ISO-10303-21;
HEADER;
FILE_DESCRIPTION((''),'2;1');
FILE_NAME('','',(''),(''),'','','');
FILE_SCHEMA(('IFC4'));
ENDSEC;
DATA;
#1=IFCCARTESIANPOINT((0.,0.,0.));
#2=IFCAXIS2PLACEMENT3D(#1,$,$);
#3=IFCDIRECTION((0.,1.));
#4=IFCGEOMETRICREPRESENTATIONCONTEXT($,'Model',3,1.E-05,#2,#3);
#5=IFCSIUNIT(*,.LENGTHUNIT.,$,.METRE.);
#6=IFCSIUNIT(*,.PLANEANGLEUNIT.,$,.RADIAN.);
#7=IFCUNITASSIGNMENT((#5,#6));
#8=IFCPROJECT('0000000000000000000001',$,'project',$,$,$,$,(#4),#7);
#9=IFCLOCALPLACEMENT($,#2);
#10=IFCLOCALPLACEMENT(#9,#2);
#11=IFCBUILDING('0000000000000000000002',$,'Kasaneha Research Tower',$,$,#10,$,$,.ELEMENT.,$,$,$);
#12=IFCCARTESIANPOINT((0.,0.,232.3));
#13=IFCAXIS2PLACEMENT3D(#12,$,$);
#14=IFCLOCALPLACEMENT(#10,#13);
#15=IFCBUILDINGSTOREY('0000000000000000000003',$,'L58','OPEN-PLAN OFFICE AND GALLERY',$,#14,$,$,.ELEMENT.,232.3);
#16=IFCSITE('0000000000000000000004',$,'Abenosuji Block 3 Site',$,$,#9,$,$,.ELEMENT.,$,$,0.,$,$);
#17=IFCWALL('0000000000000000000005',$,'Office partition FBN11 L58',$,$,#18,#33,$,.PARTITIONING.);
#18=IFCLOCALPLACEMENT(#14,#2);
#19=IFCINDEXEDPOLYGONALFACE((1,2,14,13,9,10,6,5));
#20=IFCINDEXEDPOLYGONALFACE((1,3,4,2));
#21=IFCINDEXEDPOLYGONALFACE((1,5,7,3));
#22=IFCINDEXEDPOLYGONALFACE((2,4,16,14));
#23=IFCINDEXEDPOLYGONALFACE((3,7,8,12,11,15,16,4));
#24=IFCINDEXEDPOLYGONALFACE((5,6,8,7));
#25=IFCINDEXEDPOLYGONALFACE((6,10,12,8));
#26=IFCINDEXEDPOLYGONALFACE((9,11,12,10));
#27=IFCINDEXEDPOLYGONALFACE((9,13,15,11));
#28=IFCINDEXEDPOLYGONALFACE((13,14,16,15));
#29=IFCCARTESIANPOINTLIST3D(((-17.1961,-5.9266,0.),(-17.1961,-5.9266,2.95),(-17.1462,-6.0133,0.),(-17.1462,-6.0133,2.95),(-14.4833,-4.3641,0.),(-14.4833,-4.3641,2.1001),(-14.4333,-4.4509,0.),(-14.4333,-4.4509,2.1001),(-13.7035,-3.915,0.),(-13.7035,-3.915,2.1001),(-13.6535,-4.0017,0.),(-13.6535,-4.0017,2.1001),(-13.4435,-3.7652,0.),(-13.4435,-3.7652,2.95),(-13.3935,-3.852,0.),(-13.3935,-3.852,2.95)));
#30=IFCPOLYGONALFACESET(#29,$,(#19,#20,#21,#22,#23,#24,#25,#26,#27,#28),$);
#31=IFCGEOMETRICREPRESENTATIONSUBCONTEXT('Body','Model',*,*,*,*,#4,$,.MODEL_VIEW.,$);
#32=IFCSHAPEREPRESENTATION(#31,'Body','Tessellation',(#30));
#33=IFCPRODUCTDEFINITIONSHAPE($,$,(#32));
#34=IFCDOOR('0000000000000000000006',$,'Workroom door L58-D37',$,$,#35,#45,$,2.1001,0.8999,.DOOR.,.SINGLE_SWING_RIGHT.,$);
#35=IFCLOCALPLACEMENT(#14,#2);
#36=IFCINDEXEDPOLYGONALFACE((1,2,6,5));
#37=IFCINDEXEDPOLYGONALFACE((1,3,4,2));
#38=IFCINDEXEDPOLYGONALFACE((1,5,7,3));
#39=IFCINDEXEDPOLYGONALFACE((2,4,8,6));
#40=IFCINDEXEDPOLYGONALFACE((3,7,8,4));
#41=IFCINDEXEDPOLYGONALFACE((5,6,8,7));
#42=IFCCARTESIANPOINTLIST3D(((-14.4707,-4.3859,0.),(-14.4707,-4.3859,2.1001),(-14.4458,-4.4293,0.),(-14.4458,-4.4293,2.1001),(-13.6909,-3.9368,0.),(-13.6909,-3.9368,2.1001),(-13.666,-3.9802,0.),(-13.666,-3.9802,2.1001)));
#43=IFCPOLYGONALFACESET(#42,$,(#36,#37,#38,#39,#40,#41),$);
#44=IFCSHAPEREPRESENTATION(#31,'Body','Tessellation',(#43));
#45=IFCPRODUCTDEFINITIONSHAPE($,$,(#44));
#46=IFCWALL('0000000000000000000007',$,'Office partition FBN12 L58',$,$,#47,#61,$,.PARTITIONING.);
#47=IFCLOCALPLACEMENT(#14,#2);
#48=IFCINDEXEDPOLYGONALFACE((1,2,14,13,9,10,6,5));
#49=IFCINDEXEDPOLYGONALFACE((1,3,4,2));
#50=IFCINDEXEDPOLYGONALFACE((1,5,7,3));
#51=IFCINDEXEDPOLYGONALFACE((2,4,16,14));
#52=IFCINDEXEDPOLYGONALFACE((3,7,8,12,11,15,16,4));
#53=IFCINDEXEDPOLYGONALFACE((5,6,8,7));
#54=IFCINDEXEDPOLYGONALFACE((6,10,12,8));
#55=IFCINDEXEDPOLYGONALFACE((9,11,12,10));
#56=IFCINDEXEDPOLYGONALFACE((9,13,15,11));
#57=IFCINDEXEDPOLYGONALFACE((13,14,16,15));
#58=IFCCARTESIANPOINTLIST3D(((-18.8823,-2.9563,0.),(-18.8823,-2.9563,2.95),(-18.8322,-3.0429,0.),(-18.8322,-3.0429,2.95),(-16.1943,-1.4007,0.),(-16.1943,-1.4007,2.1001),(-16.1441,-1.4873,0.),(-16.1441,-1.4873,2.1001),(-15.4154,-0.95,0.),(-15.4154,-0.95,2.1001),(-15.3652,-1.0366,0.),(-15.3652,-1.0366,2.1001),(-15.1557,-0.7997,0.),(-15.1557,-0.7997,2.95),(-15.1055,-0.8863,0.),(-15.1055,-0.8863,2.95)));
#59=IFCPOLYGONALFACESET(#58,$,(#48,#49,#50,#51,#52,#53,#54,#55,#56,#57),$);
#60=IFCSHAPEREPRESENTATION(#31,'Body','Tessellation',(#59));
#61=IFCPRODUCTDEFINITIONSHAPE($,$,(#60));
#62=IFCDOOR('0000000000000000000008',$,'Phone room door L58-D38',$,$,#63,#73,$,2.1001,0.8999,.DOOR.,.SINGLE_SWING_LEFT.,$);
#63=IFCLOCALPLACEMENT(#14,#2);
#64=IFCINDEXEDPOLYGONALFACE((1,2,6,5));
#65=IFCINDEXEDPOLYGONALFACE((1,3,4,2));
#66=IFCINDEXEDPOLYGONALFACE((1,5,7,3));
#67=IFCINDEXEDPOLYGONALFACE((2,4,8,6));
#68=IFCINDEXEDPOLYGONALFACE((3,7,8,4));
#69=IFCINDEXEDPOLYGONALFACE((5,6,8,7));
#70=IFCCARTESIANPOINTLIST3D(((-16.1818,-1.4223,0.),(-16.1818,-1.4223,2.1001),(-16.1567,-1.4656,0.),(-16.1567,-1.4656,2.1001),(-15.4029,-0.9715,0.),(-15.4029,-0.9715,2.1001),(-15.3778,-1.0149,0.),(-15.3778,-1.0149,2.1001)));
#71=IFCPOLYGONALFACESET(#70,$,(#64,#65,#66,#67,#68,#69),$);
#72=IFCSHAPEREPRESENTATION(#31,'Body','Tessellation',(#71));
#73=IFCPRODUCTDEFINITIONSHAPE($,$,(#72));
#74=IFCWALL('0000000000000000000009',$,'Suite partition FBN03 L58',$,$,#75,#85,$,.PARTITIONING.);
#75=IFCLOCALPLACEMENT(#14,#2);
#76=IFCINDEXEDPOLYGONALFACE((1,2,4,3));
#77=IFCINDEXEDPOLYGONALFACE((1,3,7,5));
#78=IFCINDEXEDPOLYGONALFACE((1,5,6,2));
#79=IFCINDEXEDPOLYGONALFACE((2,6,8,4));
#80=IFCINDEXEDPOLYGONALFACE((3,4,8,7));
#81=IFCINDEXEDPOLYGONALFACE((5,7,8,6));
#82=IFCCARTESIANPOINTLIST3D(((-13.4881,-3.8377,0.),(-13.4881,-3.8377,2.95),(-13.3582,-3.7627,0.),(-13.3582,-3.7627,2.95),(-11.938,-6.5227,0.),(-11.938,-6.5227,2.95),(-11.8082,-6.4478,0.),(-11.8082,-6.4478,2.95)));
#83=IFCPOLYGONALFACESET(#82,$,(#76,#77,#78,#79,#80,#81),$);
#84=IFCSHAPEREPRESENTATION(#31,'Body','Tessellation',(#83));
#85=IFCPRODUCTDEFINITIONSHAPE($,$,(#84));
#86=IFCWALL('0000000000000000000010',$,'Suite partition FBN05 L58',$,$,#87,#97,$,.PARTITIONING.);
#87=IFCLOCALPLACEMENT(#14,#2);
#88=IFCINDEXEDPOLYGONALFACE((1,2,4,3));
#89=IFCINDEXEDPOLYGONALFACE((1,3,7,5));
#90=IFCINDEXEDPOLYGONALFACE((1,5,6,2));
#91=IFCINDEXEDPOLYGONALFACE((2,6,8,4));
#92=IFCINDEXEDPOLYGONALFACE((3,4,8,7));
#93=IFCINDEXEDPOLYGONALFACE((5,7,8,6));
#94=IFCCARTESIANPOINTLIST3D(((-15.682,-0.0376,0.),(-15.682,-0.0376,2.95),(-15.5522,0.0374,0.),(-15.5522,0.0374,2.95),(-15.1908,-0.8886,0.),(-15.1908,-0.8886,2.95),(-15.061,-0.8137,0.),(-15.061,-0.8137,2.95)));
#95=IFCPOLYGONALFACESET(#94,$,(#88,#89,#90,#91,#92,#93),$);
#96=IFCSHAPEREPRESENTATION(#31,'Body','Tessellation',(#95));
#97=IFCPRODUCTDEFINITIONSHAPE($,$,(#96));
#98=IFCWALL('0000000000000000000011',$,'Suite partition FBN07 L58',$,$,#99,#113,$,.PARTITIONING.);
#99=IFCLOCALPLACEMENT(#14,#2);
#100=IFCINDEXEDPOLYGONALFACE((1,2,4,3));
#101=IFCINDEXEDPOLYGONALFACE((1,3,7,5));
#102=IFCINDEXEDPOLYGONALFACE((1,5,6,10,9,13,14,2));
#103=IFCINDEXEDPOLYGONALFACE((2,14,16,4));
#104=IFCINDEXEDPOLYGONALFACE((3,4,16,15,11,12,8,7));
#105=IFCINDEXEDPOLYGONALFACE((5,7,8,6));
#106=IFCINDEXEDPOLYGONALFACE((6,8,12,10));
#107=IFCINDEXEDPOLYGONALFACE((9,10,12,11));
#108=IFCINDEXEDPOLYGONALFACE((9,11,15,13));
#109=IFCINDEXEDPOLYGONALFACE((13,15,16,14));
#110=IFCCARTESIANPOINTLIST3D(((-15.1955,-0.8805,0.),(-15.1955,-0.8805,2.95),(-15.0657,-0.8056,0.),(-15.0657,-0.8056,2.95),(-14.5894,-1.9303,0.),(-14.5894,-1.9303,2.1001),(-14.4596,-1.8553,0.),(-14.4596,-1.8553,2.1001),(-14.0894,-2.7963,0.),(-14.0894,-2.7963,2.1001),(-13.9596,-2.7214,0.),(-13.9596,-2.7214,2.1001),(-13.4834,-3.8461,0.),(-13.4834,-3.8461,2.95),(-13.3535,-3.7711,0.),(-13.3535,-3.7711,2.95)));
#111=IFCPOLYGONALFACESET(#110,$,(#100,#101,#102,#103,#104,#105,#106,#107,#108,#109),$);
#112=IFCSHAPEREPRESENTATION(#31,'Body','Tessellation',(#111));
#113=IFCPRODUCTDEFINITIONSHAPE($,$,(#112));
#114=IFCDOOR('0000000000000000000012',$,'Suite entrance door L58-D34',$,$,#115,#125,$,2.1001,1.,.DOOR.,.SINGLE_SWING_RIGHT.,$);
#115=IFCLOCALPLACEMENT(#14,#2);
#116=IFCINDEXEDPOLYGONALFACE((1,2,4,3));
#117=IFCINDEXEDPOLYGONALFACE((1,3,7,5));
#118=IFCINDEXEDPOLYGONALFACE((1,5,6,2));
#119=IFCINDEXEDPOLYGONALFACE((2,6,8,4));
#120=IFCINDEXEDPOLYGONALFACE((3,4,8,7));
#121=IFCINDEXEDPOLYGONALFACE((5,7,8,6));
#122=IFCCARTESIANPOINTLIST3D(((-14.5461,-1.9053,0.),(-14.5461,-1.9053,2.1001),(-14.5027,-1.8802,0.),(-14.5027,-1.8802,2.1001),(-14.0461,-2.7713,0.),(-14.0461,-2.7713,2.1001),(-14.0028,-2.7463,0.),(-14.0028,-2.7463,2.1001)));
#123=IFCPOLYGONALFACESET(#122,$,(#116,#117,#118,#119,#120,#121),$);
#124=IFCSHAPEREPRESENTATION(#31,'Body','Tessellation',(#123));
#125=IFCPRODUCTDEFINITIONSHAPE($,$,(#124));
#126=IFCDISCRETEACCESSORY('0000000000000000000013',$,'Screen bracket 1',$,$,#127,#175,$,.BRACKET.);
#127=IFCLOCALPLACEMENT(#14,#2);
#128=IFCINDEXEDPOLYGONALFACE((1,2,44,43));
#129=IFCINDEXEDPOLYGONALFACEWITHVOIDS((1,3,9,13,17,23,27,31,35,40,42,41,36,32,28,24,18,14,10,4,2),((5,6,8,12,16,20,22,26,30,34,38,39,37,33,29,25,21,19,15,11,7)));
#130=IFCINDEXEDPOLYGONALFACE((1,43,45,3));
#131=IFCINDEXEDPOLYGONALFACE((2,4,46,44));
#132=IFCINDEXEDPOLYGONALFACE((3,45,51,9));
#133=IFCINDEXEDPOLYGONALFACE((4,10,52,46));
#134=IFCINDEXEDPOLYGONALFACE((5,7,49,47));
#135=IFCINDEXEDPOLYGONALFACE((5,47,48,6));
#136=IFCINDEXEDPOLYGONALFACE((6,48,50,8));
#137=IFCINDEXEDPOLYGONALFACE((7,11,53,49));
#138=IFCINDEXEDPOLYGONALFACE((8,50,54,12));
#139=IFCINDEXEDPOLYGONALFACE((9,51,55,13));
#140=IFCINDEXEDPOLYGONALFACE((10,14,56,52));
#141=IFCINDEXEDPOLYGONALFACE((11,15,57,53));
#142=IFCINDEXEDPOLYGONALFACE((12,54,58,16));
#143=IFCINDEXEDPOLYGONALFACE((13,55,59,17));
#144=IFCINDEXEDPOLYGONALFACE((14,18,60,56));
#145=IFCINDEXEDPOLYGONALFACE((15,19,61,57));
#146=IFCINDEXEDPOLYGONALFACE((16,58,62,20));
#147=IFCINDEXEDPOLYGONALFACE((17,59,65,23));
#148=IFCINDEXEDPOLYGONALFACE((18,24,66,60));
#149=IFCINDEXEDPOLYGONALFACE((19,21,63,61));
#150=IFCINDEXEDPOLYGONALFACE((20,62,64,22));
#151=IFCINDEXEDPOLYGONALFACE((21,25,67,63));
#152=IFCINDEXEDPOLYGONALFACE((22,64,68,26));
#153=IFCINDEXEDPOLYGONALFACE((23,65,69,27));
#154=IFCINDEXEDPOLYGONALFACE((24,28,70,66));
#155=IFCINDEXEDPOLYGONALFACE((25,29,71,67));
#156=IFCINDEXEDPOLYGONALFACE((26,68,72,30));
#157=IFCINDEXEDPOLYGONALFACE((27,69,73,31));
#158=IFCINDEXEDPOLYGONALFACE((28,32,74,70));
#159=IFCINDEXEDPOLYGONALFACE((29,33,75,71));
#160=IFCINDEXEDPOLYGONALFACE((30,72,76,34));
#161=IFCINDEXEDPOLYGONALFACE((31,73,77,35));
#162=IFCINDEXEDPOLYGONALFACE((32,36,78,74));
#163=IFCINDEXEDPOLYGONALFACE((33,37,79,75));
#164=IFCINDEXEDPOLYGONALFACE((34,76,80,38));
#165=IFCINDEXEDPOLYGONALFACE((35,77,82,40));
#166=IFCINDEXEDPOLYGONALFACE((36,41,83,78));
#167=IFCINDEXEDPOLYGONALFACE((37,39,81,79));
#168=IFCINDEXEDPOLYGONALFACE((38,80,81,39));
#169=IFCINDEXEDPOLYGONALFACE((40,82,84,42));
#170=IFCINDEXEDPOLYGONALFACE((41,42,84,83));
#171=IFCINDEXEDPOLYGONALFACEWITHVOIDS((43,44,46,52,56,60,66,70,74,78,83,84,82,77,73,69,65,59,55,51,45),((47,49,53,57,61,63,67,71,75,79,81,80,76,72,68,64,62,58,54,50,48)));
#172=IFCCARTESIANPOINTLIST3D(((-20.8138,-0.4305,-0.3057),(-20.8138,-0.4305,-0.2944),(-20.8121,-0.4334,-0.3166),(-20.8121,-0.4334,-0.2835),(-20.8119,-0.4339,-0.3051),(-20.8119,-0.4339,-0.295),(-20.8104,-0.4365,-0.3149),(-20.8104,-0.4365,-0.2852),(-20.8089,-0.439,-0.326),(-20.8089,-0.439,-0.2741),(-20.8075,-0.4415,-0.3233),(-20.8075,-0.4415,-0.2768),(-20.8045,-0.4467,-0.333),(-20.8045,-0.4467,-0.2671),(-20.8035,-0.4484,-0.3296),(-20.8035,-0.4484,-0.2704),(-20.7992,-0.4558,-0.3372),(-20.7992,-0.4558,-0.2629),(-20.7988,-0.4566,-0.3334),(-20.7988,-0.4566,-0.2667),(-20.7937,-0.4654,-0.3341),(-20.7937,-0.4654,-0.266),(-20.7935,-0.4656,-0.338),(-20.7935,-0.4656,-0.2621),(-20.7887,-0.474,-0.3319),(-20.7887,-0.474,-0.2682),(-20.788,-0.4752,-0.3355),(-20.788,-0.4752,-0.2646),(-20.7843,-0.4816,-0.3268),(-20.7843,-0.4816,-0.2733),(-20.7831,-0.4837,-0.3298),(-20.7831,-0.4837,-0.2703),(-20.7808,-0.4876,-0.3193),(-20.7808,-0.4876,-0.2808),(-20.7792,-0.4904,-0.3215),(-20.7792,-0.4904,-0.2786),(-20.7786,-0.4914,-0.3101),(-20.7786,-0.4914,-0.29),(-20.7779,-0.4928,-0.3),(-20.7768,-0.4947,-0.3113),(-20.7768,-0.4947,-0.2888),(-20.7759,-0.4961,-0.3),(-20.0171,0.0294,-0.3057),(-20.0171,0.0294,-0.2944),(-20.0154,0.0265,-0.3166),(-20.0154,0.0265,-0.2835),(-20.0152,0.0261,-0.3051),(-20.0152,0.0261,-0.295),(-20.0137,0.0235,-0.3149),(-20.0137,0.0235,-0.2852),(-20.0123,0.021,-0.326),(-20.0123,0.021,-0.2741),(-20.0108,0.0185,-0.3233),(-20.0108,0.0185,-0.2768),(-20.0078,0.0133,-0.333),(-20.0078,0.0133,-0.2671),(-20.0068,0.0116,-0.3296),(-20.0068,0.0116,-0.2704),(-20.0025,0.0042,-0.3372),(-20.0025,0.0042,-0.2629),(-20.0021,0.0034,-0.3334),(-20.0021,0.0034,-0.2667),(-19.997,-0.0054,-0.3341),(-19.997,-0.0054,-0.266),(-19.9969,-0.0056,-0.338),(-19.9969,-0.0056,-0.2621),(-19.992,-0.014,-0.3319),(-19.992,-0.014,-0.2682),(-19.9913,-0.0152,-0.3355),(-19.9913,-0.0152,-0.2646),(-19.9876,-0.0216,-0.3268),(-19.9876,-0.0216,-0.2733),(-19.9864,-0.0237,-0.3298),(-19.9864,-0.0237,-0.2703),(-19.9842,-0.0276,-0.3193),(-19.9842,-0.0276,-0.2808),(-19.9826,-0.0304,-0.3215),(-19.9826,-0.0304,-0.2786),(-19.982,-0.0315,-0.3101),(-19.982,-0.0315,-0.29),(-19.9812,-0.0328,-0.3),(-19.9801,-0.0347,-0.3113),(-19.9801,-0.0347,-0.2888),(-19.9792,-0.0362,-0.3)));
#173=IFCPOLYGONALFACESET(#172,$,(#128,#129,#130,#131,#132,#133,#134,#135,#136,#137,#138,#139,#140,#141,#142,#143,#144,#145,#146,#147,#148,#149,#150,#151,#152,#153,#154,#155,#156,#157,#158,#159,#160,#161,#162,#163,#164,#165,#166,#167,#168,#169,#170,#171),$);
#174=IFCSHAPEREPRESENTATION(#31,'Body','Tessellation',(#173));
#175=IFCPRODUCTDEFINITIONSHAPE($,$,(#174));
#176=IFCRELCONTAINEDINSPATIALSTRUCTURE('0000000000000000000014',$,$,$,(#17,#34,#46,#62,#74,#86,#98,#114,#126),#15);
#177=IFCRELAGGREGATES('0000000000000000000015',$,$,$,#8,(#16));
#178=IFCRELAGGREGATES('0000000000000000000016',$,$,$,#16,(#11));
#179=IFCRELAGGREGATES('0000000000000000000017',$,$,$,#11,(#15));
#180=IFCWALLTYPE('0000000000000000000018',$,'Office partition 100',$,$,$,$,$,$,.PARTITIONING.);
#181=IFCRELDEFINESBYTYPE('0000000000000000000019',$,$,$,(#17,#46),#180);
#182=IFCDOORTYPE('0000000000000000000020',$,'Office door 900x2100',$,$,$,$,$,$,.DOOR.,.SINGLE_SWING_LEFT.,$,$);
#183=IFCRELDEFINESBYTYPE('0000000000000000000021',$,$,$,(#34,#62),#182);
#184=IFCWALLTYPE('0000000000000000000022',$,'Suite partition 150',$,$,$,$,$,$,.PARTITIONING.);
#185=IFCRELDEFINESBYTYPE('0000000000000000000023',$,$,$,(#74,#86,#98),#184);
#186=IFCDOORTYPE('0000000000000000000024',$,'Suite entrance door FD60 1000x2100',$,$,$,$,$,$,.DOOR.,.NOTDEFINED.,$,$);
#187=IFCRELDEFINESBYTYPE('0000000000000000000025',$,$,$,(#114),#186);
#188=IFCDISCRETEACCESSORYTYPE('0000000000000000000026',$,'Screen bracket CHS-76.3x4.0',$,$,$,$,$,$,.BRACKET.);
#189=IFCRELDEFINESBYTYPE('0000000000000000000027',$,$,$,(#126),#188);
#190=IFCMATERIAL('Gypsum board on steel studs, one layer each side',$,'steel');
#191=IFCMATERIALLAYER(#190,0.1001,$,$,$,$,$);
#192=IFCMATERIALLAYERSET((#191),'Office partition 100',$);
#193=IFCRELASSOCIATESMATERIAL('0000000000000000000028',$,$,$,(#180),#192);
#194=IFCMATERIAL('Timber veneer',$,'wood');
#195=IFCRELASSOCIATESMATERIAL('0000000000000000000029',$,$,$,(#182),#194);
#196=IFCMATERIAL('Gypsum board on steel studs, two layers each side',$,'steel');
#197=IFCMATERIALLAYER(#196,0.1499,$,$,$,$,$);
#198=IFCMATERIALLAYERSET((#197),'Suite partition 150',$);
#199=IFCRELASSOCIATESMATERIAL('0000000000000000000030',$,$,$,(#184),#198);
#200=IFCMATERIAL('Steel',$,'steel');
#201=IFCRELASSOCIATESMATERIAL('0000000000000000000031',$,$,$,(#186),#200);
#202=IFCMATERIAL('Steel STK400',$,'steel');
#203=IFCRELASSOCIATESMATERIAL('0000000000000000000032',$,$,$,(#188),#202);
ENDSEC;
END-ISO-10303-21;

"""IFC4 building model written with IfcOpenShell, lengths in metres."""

from ifc_helpers import new_model, si_unit, direction, frame, frame_2d, origin, origin_2d, place, context, subcontext, project, spatial, rectangle, hollow_circle, extrude, material, layer, layer_set, material_profile, profile_set, type_object, element, fill, save


model = new_model("IFC4")

# Units and contexts
model_context = context("Model", 3, precision=1e-05, world=origin(), true_north=direction((0.0, 1.0)))
body_context = subcontext(model_context, "Body", "Model", "MODEL_VIEW")
ifc_project = project(units=[si_unit("LENGTHUNIT", "METRE"), si_unit("PLANEANGLEUNIT", "RADIAN")], contexts=[model_context])

# Site, building, storey
site_placement = place(None, origin())
site = spatial("IfcSite", under=ifc_project, at=site_placement, Name="Abenosuji Block 3 Site", CompositionType="ELEMENT", RefElevation=0.0)
building_placement = place(site_placement, origin())
building = spatial("IfcBuilding", under=site, at=building_placement, Name="Kasaneha Research Tower", CompositionType="ELEMENT")
storey_placement = place(building_placement, frame((0.0, 0.0, 232.3)))
storey = spatial("IfcBuildingStorey", under=building, at=storey_placement, Name="L58", Description="OPEN-PLAN OFFICE AND GALLERY", CompositionType="ELEMENT", Elevation=232.3)

# Walls, openings, doors
ifc_material_1 = material(Name="Gypsum board on steel studs, one layer each side", Category="steel")
ifc_layer_1 = layer(ifc_material_1, 0.1001)
ifc_layer_set_1 = layer_set([ifc_layer_1], Name="Office partition 100")
wall_type_1 = type_object("IfcWallType", Name="Office partition 100", PredefinedType="PARTITIONING", material=ifc_layer_set_1)
wall_1_placement = place(storey_placement, frame((-17.1711, -5.97, 0.0), z_axis=(0.0, 0.0, 1.0), x_axis=(0.866549, 0.499093, 0.0)))
wall_1 = element("IfcWall", 1, at=wall_1_placement, inside=storey, type_object=wall_type_1, Name="Office partition FBN11 L58", PredefinedType="PARTITIONING", context=body_context, shape_type="SweptSolid", body=[
    extrude(rectangle(XDim=4.3306, YDim=0.1001, at=frame_2d((2.1653, 0.0))), origin(), (0.0, 0.0, 1.0), 2.95),
])
opening_1_placement = place(wall_1_placement, frame((3.1306, 0.0, 0.0)))
opening_1 = element("IfcOpeningElement", 2, at=opening_1_placement, cuts=wall_1, PredefinedType="OPENING", context=body_context, shape_type="SweptSolid", body=[
    extrude(rectangle(XDim=0.8999, YDim=2.1001, at=frame_2d((0.45, 1.05))), frame((0.0, 0.0601, 0.0), z_axis=(0.0, -1.0, 0.0), x_axis=(1.0, 0.0, 0.0)), (0.0, 0.0, 1.0), 0.1201),
])
ifc_material_2 = material(Name="Timber veneer", Category="wood")
door_type_1 = type_object("IfcDoorType", Name="Office door 900x2100", OperationType="SINGLE_SWING_LEFT", PredefinedType="DOOR", material=ifc_material_2)
door_1_placement = place(opening_1_placement, origin())
door_1 = element("IfcDoor", 3, at=door_1_placement, inside=storey, type_object=door_type_1, Name="Workroom door L58-D37", OperationType="SINGLE_SWING_RIGHT", OverallHeight=2.1001, OverallWidth=0.8999, PredefinedType="DOOR", context=body_context, shape_type="SweptSolid", body=[
    extrude(rectangle(XDim=0.8999, YDim=2.1001, at=frame_2d((0.45, 1.05))), frame((0.0, 0.0249, 0.0), z_axis=(0.0, -1.0, 0.0), x_axis=(1.0, 0.0, 0.0)), (0.0, 0.0, 1.0), 0.05),
])
fill(opening_1, door_1)
wall_2_placement = place(storey_placement, frame((-15.1306, -0.843, 0.0), z_axis=(0.0, 0.0, 1.0), x_axis=(-0.865526, -0.500864, 0.0)))
wall_2 = element("IfcWall", 4, at=wall_2_placement, inside=storey, type_object=wall_type_1, Name="Office partition FBN12 L58", PredefinedType="PARTITIONING", context=body_context, shape_type="SweptSolid", body=[
    extrude(rectangle(XDim=4.3057, YDim=0.1001, at=frame_2d((2.1528, 0.0))), origin(), (0.0, 0.0, 1.0), 2.95),
])
opening_2_placement = place(wall_2_placement, frame((0.3, 0.0, 0.0)))
opening_2 = element("IfcOpeningElement", 5, at=opening_2_placement, cuts=wall_2, PredefinedType="OPENING", context=body_context, shape_type="SweptSolid", body=[
    extrude(rectangle(XDim=0.8999, YDim=2.1001, at=frame_2d((0.45, 1.05))), frame((0.0, 0.0601, 0.0), z_axis=(0.0, -1.0, 0.0), x_axis=(1.0, 0.0, 0.0)), (0.0, 0.0, 1.0), 0.1201),
])
door_2_placement = place(opening_2_placement, origin())
door_2 = element("IfcDoor", 6, at=door_2_placement, inside=storey, type_object=door_type_1, Name="Phone room door L58-D38", OperationType="SINGLE_SWING_LEFT", OverallHeight=2.1001, OverallWidth=0.8999, PredefinedType="DOOR", context=body_context, shape_type="SweptSolid", body=[
    extrude(rectangle(XDim=0.8999, YDim=2.1001, at=frame_2d((0.45, 1.05))), frame((0.0, 0.0249, 0.0), z_axis=(0.0, -1.0, 0.0), x_axis=(1.0, 0.0, 0.0)), (0.0, 0.0, 1.0), 0.05),
])
fill(opening_2, door_2)

# Walls
ifc_material_3 = material(Name="Gypsum board on steel studs, two layers each side", Category="steel")
ifc_layer_2 = layer(ifc_material_3, 0.1499)
ifc_layer_set_2 = layer_set([ifc_layer_2], Name="Suite partition 150")
wall_type_2 = type_object("IfcWallType", Name="Suite partition 150", PredefinedType="PARTITIONING", material=ifc_layer_set_2)
wall_3_placement = place(storey_placement, frame((-11.873, -6.4854, 0.0), z_axis=(0.0, 0.0, 1.0), x_axis=(-0.499959, 0.866049, 0.0)))
element("IfcWall", 7, at=wall_3_placement, inside=storey, type_object=wall_type_2, Name="Suite partition FBN03 L58", PredefinedType="PARTITIONING", context=body_context, shape_type="SweptSolid", body=[
    extrude(rectangle(XDim=3.1003, YDim=0.1499, at=frame_2d((1.5503, 0.0))), origin(), (0.0, 0.0, 1.0), 2.95),
])
wall_4_placement = place(storey_placement, frame((-15.126, -0.8511, 0.0), z_axis=(0.0, 0.0, 1.0), x_axis=(-0.49988, 0.866095, 0.0)))
element("IfcWall", 8, at=wall_4_placement, inside=storey, type_object=wall_type_2, Name="Suite partition FBN05 L58", PredefinedType="PARTITIONING", context=body_context, shape_type="SweptSolid", body=[
    extrude(rectangle(XDim=0.9827, YDim=0.1499, at=frame_2d((0.4912, 0.0))), origin(), (0.0, 0.0, 1.0), 2.95),
])

# Wall, opening, door
wall_5_placement = place(storey_placement, frame((-13.4185, -3.8086, 0.0), z_axis=(0.0, 0.0, 1.0), x_axis=(-0.499996, 0.866028, 0.0)))
wall_5 = element("IfcWall", 9, at=wall_5_placement, inside=storey, type_object=wall_type_2, Name="Suite partition FBN07 L58", PredefinedType="PARTITIONING", context=body_context, shape_type="SweptSolid", body=[
    extrude(rectangle(XDim=3.4243, YDim=0.1499, at=frame_2d((1.7122, 0.0))), origin(), (0.0, 0.0, 1.0), 2.95),
])
opening_3_placement = place(wall_5_placement, frame((1.2122, 0.0, 0.0)))
opening_3 = element("IfcOpeningElement", 10, at=opening_3_placement, cuts=wall_5, PredefinedType="OPENING", context=body_context, shape_type="SweptSolid", body=[
    extrude(rectangle(XDim=1.0, YDim=2.1001, at=frame_2d((0.5, 1.05))), frame((0.0, 0.085, 0.0), z_axis=(0.0, -1.0, 0.0), x_axis=(1.0, 0.0, 0.0)), (0.0, 0.0, 1.0), 0.1699),
])
ifc_material_4 = material(Name="Steel", Category="steel")
door_type_2 = type_object("IfcDoorType", Name="Suite entrance door FD60 1000x2100", OperationType="NOTDEFINED", PredefinedType="DOOR", material=ifc_material_4)
door_3_placement = place(opening_3_placement, origin())
door_3 = element("IfcDoor", 11, at=door_3_placement, inside=storey, type_object=door_type_2, Name="Suite entrance door L58-D34", OperationType="SINGLE_SWING_RIGHT", OverallHeight=2.1001, OverallWidth=1.0, PredefinedType="DOOR", context=body_context, shape_type="SweptSolid", body=[
    extrude(rectangle(XDim=1.0, YDim=2.1001, at=frame_2d((0.5, 1.05))), frame((0.0, 0.0249, 0.0), z_axis=(0.0, -1.0, 0.0), x_axis=(1.0, 0.0, 0.0)), (0.0, 0.0, 1.0), 0.05),
])
fill(opening_3, door_3)

# Discrete accessory
ifc_material_5 = material(Name="Steel STK400", Category="steel")
ifc_material_profile_1 = material_profile(ifc_material_5, hollow_circle(Radius=0.0381, WallThickness=0.0039, at=origin_2d()), Name="CHS-76.3x4.0")
ifc_profile_set_1 = profile_set([ifc_material_profile_1], Name="Steel STK400")
discrete_accessory_type = type_object("IfcDiscreteAccessoryType", Name="Screen bracket CHS-76.3x4.0", PredefinedType="BRACKET", material=ifc_profile_set_1)
discrete_accessory_placement = place(storey_placement, frame((-19.9983, -0.0032, -0.3), z_axis=(-0.866013, -0.500021, 0.0), x_axis=(0.500021, -0.866013, 0.0)))
element("IfcDiscreteAccessory", 12, at=discrete_accessory_placement, inside=storey, type_object=discrete_accessory_type, Name="Screen bracket 1", PredefinedType="BRACKET", context=body_context, shape_type="SweptSolid", body=[
    extrude(hollow_circle(Radius=0.0381, WallThickness=0.0039, at=origin_2d()), origin(), (0.0, 0.0, 1.0), 0.9199),
])

save(model, "model.ifc")
